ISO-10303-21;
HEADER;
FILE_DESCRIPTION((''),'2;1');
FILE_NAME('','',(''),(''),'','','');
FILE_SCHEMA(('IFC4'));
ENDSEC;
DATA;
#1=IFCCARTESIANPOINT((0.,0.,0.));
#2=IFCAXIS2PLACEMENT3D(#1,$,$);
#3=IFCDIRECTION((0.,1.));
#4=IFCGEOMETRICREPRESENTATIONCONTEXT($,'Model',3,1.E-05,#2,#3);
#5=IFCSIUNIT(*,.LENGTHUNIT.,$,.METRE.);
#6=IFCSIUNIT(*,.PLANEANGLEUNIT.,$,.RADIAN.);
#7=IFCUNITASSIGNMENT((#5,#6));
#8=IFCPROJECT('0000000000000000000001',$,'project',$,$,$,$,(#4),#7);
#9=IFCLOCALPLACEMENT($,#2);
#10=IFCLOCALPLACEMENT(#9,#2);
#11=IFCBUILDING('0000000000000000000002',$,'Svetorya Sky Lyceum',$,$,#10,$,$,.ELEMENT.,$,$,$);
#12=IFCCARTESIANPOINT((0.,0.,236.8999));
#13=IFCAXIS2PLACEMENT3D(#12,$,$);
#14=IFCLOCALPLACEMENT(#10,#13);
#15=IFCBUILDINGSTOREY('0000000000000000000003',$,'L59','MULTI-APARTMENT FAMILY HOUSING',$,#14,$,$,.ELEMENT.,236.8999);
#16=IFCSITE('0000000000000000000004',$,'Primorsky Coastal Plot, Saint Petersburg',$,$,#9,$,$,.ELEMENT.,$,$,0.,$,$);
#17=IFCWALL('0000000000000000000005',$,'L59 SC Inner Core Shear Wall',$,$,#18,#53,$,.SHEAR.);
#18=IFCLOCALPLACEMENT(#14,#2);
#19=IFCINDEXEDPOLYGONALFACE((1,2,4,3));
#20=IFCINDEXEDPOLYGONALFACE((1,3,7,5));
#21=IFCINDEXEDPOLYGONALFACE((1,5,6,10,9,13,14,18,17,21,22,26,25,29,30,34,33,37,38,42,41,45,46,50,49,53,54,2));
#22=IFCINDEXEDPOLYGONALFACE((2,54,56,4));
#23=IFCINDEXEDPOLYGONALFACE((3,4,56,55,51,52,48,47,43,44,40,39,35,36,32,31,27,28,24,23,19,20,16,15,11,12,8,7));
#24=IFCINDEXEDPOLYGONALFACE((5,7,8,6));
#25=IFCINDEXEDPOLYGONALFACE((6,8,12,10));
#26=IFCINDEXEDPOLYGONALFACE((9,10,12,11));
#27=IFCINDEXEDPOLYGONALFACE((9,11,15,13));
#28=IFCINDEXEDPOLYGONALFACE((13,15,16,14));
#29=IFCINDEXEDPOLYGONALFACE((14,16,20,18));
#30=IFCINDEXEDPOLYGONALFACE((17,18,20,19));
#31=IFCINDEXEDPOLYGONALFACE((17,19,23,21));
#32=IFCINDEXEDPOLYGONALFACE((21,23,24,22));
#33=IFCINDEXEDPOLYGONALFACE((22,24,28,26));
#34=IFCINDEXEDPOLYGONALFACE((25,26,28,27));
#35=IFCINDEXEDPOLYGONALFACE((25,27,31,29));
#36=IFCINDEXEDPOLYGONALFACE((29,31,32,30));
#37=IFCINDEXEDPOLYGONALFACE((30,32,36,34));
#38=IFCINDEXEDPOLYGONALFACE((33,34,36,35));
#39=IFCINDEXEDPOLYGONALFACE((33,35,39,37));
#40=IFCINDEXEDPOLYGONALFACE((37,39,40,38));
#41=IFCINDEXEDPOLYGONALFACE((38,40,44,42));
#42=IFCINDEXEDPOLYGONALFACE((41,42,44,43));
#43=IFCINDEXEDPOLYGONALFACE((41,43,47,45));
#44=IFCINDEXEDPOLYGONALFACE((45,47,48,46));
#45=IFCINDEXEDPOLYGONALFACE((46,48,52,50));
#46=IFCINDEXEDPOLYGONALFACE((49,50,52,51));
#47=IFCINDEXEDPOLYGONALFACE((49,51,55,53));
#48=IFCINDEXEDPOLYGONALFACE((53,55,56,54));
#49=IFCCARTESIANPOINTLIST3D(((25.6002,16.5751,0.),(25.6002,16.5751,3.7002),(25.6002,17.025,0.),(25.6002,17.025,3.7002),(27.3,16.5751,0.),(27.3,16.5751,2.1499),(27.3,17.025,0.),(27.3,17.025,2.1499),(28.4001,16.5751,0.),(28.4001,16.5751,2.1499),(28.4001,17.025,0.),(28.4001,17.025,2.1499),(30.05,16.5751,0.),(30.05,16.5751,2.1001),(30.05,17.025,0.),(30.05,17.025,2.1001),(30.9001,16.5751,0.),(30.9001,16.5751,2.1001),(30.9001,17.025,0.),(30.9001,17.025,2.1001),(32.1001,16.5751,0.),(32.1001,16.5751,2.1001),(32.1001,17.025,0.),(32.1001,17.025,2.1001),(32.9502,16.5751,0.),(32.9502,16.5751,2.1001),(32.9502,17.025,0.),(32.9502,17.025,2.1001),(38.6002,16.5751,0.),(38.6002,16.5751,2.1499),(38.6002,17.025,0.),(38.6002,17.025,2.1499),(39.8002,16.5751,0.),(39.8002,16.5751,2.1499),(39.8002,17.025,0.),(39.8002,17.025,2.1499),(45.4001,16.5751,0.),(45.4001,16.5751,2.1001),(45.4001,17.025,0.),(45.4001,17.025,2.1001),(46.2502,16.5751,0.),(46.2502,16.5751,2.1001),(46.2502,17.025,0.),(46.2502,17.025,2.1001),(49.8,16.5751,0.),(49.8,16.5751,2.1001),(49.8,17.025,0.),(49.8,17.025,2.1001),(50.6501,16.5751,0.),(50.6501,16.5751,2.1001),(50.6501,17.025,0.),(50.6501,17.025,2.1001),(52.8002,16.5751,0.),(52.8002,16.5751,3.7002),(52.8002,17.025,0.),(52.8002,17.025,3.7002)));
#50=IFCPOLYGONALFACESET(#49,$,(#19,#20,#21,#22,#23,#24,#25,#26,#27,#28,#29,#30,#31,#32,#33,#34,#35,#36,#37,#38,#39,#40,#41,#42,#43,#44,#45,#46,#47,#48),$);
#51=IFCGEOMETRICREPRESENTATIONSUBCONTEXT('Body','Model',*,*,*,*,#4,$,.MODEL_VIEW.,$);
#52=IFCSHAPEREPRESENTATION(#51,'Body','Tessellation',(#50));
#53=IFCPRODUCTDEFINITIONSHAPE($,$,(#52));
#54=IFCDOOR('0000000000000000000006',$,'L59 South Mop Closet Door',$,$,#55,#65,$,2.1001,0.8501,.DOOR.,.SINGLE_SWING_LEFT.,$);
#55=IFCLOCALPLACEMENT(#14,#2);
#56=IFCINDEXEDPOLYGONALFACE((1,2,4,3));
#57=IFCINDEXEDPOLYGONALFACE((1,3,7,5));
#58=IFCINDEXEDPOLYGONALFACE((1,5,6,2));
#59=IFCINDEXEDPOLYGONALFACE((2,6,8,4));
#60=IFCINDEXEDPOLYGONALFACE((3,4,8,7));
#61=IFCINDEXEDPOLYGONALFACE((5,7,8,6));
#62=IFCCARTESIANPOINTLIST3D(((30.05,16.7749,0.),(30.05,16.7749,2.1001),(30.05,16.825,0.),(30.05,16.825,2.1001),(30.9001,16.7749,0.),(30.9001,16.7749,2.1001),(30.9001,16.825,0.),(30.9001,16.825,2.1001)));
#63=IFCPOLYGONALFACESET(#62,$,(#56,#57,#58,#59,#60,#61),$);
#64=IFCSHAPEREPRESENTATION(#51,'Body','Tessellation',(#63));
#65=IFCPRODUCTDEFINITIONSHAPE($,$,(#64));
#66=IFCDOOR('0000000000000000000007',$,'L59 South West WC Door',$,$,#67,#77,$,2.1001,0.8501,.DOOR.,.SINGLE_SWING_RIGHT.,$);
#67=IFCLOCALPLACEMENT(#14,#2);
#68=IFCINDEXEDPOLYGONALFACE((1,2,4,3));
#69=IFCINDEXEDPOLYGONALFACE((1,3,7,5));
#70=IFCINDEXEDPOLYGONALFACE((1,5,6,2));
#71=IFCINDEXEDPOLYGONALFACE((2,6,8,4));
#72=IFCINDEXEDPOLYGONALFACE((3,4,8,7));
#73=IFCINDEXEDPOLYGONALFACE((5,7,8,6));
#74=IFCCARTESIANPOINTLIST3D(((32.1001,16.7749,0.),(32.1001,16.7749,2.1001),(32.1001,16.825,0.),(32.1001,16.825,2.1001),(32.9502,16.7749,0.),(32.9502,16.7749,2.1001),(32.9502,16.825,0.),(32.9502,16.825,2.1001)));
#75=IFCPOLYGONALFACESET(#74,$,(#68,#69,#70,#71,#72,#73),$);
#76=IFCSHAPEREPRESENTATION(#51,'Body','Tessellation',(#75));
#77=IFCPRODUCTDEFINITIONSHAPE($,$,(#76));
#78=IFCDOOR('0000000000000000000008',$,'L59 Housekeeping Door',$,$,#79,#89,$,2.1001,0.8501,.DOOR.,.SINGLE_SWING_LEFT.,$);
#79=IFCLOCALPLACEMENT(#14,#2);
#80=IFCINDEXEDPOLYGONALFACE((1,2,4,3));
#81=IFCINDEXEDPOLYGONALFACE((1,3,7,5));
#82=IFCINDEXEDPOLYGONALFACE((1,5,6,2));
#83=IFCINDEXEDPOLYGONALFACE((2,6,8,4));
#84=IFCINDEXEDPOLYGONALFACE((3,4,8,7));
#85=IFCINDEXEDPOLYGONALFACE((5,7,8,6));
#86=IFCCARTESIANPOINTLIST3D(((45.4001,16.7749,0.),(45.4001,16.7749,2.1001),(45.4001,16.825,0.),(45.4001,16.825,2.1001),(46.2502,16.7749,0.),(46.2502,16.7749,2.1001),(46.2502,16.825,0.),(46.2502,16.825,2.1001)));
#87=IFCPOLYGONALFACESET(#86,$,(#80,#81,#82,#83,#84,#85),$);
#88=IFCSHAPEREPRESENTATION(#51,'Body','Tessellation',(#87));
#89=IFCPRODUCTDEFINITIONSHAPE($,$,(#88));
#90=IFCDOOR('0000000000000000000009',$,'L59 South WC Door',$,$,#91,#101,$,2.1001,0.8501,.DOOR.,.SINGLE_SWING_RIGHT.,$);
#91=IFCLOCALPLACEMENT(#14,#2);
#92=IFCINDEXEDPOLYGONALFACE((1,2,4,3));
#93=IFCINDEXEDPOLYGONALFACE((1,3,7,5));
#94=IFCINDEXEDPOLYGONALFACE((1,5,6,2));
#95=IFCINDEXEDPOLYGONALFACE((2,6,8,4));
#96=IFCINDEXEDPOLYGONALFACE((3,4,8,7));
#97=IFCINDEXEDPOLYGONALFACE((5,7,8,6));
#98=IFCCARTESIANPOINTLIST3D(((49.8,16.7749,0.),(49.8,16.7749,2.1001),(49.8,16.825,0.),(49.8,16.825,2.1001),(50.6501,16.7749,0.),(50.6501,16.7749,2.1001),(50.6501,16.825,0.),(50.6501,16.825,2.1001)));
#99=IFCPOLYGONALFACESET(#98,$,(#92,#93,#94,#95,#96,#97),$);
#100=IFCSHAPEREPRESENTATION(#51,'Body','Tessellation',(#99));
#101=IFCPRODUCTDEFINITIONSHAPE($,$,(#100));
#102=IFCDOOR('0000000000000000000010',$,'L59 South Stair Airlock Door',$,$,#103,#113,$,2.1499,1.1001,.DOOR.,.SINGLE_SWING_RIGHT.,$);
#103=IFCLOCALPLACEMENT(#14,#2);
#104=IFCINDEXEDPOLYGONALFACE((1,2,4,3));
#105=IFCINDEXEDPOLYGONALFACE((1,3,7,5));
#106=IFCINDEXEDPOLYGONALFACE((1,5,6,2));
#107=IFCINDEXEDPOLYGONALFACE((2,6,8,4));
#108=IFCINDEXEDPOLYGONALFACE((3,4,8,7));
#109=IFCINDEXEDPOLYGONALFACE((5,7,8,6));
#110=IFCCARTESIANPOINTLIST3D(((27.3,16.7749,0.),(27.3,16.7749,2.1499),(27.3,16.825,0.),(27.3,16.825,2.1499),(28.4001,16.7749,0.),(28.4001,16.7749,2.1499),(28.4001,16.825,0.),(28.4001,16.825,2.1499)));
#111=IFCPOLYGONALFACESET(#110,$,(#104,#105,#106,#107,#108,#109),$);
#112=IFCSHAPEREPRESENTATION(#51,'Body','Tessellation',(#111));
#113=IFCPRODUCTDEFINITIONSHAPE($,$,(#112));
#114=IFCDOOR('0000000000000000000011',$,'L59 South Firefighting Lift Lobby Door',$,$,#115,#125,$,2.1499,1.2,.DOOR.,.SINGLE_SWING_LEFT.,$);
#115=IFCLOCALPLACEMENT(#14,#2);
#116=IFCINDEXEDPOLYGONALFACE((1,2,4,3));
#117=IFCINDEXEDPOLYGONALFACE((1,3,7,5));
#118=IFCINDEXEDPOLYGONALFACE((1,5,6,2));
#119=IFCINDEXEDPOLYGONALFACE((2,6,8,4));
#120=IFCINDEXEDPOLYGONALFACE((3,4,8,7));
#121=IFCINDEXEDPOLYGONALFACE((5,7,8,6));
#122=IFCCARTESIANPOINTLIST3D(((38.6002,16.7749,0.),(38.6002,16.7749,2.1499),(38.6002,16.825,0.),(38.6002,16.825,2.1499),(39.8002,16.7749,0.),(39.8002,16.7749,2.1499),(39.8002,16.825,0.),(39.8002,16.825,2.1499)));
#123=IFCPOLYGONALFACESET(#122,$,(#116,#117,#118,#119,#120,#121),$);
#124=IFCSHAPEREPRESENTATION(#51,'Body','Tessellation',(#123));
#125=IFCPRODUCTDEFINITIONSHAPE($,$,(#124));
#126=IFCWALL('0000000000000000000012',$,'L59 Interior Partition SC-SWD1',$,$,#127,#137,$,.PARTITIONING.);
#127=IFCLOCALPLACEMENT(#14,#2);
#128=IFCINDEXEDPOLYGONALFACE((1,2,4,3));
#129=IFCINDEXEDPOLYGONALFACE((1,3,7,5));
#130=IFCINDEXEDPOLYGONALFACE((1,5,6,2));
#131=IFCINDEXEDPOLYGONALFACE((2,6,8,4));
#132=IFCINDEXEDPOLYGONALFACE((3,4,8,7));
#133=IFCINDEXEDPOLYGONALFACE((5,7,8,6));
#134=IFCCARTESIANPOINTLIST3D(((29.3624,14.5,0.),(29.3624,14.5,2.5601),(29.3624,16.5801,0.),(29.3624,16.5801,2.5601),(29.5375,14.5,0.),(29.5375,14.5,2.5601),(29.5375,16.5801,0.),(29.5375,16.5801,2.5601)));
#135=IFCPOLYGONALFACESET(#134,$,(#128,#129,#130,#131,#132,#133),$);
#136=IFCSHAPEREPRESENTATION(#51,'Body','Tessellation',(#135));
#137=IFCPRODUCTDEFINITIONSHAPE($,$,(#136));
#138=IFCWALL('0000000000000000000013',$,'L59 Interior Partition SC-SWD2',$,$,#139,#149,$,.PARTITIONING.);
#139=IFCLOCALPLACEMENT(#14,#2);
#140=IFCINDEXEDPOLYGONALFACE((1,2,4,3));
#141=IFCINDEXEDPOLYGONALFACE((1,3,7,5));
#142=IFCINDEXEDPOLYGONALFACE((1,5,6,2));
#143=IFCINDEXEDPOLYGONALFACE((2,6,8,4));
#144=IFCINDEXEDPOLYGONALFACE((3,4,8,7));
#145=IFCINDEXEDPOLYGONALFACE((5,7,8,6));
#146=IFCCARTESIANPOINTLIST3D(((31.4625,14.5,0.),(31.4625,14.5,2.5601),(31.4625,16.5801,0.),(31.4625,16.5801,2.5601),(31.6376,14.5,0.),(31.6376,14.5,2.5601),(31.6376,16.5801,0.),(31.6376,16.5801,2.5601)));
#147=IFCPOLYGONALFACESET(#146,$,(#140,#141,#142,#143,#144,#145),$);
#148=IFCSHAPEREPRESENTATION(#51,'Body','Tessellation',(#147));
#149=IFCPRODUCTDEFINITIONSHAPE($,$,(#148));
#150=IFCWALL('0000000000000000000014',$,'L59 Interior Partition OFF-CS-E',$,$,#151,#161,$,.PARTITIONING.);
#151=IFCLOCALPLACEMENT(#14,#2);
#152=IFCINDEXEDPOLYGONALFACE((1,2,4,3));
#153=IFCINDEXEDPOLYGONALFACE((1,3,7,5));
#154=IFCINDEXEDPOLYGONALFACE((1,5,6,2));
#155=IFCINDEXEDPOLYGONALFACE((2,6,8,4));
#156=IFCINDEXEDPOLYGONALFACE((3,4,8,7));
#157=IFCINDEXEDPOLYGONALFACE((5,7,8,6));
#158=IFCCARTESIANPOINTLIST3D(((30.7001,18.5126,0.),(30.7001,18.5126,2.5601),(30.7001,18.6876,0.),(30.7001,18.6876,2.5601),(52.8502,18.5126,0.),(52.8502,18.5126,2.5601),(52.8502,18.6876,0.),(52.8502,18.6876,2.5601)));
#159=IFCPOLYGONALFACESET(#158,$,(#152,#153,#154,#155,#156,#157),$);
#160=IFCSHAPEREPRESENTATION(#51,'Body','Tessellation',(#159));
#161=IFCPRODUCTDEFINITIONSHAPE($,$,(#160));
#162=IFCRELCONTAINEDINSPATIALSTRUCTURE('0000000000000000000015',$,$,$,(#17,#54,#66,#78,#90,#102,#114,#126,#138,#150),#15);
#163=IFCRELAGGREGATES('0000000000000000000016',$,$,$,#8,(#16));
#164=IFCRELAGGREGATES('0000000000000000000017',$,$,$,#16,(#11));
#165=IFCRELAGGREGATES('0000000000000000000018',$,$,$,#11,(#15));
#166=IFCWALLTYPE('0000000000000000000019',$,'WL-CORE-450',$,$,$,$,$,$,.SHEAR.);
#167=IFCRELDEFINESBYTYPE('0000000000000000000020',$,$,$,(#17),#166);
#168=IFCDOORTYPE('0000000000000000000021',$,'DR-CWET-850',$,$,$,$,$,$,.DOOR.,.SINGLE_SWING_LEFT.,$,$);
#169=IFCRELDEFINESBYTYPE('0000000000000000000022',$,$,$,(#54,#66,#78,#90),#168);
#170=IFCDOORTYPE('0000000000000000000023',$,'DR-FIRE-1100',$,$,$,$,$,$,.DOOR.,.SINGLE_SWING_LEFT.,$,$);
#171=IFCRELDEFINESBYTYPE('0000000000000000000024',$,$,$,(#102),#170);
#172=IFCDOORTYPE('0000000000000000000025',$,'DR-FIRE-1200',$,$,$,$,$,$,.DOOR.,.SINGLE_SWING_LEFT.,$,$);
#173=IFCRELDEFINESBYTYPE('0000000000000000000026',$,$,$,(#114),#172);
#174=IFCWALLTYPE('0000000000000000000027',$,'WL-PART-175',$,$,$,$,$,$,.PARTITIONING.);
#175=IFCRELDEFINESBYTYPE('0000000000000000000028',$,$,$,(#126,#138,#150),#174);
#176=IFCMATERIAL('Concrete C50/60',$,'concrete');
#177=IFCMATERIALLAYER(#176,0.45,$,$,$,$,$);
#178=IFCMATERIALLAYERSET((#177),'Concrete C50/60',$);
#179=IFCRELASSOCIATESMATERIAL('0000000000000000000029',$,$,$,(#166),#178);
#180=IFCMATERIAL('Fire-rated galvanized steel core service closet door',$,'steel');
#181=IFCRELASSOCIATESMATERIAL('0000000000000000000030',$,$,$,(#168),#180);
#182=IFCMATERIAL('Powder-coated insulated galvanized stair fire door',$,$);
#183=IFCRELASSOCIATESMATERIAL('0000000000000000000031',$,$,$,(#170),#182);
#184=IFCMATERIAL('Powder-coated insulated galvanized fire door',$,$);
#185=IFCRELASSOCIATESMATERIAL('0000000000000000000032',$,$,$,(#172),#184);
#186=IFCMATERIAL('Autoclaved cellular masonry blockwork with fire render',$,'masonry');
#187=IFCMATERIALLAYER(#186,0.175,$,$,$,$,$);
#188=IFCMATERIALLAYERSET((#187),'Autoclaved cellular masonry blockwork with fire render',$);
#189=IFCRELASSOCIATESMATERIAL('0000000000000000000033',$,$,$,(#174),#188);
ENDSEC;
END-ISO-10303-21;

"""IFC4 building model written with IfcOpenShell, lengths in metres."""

from ifc_helpers import new_model, si_unit, direction, frame, frame_2d, origin, place, context, subcontext, project, spatial, rectangle, extrude, material, layer, layer_set, type_object, element, fill, save


model = new_model("IFC4")

# Units and contexts
model_context = context("Model", 3, precision=1e-05, world=origin(), true_north=direction((0.0, 1.0)))
body_context = subcontext(model_context, "Body", "Model", "MODEL_VIEW")
ifc_project = project(units=[si_unit("LENGTHUNIT", "METRE"), si_unit("PLANEANGLEUNIT", "RADIAN")], contexts=[model_context])

# Site, building, storey
site_placement = place(None, origin())
site = spatial("IfcSite", under=ifc_project, at=site_placement, Name="Primorsky Coastal Plot, Saint Petersburg", CompositionType="ELEMENT", RefElevation=0.0)
building_placement = place(site_placement, origin())
building = spatial("IfcBuilding", under=site, at=building_placement, Name="Svetorya Sky Lyceum", CompositionType="ELEMENT")
storey_placement = place(building_placement, frame((0.0, 0.0, 236.8999)))
storey = spatial("IfcBuildingStorey", under=building, at=storey_placement, Name="L59", Description="MULTI-APARTMENT FAMILY HOUSING", CompositionType="ELEMENT", Elevation=236.8999)

# Shared definitions
ifc_material_1 = material(Name="Concrete C50/60", Category="concrete")

# Wall, openings, doors
ifc_layer_1 = layer(ifc_material_1, 0.45)
ifc_layer_set_1 = layer_set([ifc_layer_1], Name="Concrete C50/60")
wall_type_1 = type_object("IfcWallType", Name="WL-CORE-450", PredefinedType="SHEAR", material=ifc_layer_set_1)
wall_1_placement = place(storey_placement, frame((25.6001, 16.8, 0.0), z_axis=(0.0, 0.0, 1.0), x_axis=(1.0, 0.0, 0.0)))
wall_1 = element("IfcWall", 1, at=wall_1_placement, inside=storey, type_object=wall_type_1, Name="L59 SC Inner Core Shear Wall", PredefinedType="SHEAR", context=body_context, shape_type="SweptSolid", body=[
    extrude(rectangle(XDim=27.2, YDim=0.45, at=frame_2d((13.6001, 0.0))), origin(), (0.0, 0.0, 1.0), 3.7002),
])
opening_1_placement = place(wall_1_placement, frame((1.7, 0.0, 0.0)))
opening_1 = element("IfcOpeningElement", 2, at=opening_1_placement, cuts=wall_1, PredefinedType="OPENING", context=body_context, shape_type="SweptSolid", body=[
    extrude(rectangle(XDim=1.1001, YDim=2.1499, at=frame_2d((0.55, 1.075))), frame((0.0, 0.2349, 0.0), z_axis=(0.0, -1.0, 0.0), x_axis=(1.0, 0.0, 0.0)), (0.0, 0.0, 1.0), 0.47),
])
opening_2_placement = place(wall_1_placement, frame((4.45, 0.0, 0.0)))
opening_2 = element("IfcOpeningElement", 3, at=opening_2_placement, cuts=wall_1, PredefinedType="OPENING", context=body_context, shape_type="SweptSolid", body=[
    extrude(rectangle(XDim=0.8501, YDim=2.1001, at=frame_2d((0.425, 1.05))), frame((0.0, 0.2349, 0.0), z_axis=(0.0, -1.0, 0.0), x_axis=(1.0, 0.0, 0.0)), (0.0, 0.0, 1.0), 0.47),
])
opening_3_placement = place(wall_1_placement, frame((6.5, 0.0, 0.0)))
opening_3 = element("IfcOpeningElement", 4, at=opening_3_placement, cuts=wall_1, PredefinedType="OPENING", context=body_context, shape_type="SweptSolid", body=[
    extrude(rectangle(XDim=0.8501, YDim=2.1001, at=frame_2d((0.425, 1.05))), frame((0.0, 0.2349, 0.0), z_axis=(0.0, -1.0, 0.0), x_axis=(1.0, 0.0, 0.0)), (0.0, 0.0, 1.0), 0.47),
])
opening_4_placement = place(wall_1_placement, frame((13.0, 0.0, 0.0)))
opening_4 = element("IfcOpeningElement", 5, at=opening_4_placement, cuts=wall_1, PredefinedType="OPENING", context=body_context, shape_type="SweptSolid", body=[
    extrude(rectangle(XDim=1.2, YDim=2.1499, at=frame_2d((0.6001, 1.075))), frame((0.0, 0.2349, 0.0), z_axis=(0.0, -1.0, 0.0), x_axis=(1.0, 0.0, 0.0)), (0.0, 0.0, 1.0), 0.47),
])
opening_5_placement = place(wall_1_placement, frame((19.8, 0.0, 0.0)))
opening_5 = element("IfcOpeningElement", 6, at=opening_5_placement, cuts=wall_1, PredefinedType="OPENING", context=body_context, shape_type="SweptSolid", body=[
    extrude(rectangle(XDim=0.8501, YDim=2.1001, at=frame_2d((0.425, 1.05))), frame((0.0, 0.2349, 0.0), z_axis=(0.0, -1.0, 0.0), x_axis=(1.0, 0.0, 0.0)), (0.0, 0.0, 1.0), 0.47),
])
opening_6_placement = place(wall_1_placement, frame((24.2, 0.0, 0.0)))
opening_6 = element("IfcOpeningElement", 7, at=opening_6_placement, cuts=wall_1, PredefinedType="OPENING", context=body_context, shape_type="SweptSolid", body=[
    extrude(rectangle(XDim=0.8501, YDim=2.1001, at=frame_2d((0.425, 1.05))), frame((0.0, 0.2349, 0.0), z_axis=(0.0, -1.0, 0.0), x_axis=(1.0, 0.0, 0.0)), (0.0, 0.0, 1.0), 0.47),
])
ifc_material_2 = material(Name="Fire-rated galvanized steel core service closet door", Category="steel")
door_type_1 = type_object("IfcDoorType", Name="DR-CWET-850", OperationType="SINGLE_SWING_LEFT", PredefinedType="DOOR", material=ifc_material_2)
door_1_placement = place(opening_2_placement, origin())
door_1 = element("IfcDoor", 8, at=door_1_placement, inside=storey, type_object=door_type_1, Name="L59 South Mop Closet Door", OperationType="SINGLE_SWING_LEFT", OverallHeight=2.1001, OverallWidth=0.8501, PredefinedType="DOOR", context=body_context, shape_type="SweptSolid", body=[
    extrude(rectangle(XDim=0.8501, YDim=2.1001, at=frame_2d((0.425, 1.05))), frame((0.0, 0.0249, 0.0), z_axis=(0.0, -1.0, 0.0), x_axis=(1.0, 0.0, 0.0)), (0.0, 0.0, 1.0), 0.05),
])
fill(opening_2, door_1)
door_2_placement = place(opening_3_placement, origin())
door_2 = element("IfcDoor", 9, at=door_2_placement, inside=storey, type_object=door_type_1, Name="L59 South West WC Door", OperationType="SINGLE_SWING_RIGHT", OverallHeight=2.1001, OverallWidth=0.8501, PredefinedType="DOOR", context=body_context, shape_type="SweptSolid", body=[
    extrude(rectangle(XDim=0.8501, YDim=2.1001, at=frame_2d((0.425, 1.05))), frame((0.0, 0.0249, 0.0), z_axis=(0.0, -1.0, 0.0), x_axis=(1.0, 0.0, 0.0)), (0.0, 0.0, 1.0), 0.05),
])
fill(opening_3, door_2)
door_3_placement = place(opening_5_placement, origin())
door_3 = element("IfcDoor", 10, at=door_3_placement, inside=storey, type_object=door_type_1, Name="L59 Housekeeping Door", OperationType="SINGLE_SWING_LEFT", OverallHeight=2.1001, OverallWidth=0.8501, PredefinedType="DOOR", context=body_context, shape_type="SweptSolid", body=[
    extrude(rectangle(XDim=0.8501, YDim=2.1001, at=frame_2d((0.425, 1.05))), frame((0.0, 0.0249, 0.0), z_axis=(0.0, -1.0, 0.0), x_axis=(1.0, 0.0, 0.0)), (0.0, 0.0, 1.0), 0.05),
])
fill(opening_5, door_3)
door_4_placement = place(opening_6_placement, origin())
door_4 = element("IfcDoor", 11, at=door_4_placement, inside=storey, type_object=door_type_1, Name="L59 South WC Door", OperationType="SINGLE_SWING_RIGHT", OverallHeight=2.1001, OverallWidth=0.8501, PredefinedType="DOOR", context=body_context, shape_type="SweptSolid", body=[
    extrude(rectangle(XDim=0.8501, YDim=2.1001, at=frame_2d((0.425, 1.05))), frame((0.0, 0.0249, 0.0), z_axis=(0.0, -1.0, 0.0), x_axis=(1.0, 0.0, 0.0)), (0.0, 0.0, 1.0), 0.05),
])
fill(opening_6, door_4)
ifc_material_3 = material(Name="Powder-coated insulated galvanized stair fire door")
door_type_2 = type_object("IfcDoorType", Name="DR-FIRE-1100", OperationType="SINGLE_SWING_LEFT", PredefinedType="DOOR", material=ifc_material_3)
door_5_placement = place(opening_1_placement, origin())
door_5 = element("IfcDoor", 12, at=door_5_placement, inside=storey, type_object=door_type_2, Name="L59 South Stair Airlock Door", OperationType="SINGLE_SWING_RIGHT", OverallHeight=2.1499, OverallWidth=1.1001, PredefinedType="DOOR", context=body_context, shape_type="SweptSolid", body=[
    extrude(rectangle(XDim=1.1001, YDim=2.1499, at=frame_2d((0.55, 1.075))), frame((0.0, 0.0249, 0.0), z_axis=(0.0, -1.0, 0.0), x_axis=(1.0, 0.0, 0.0)), (0.0, 0.0, 1.0), 0.05),
])
fill(opening_1, door_5)
ifc_material_4 = material(Name="Powder-coated insulated galvanized fire door")
door_type_3 = type_object("IfcDoorType", Name="DR-FIRE-1200", OperationType="SINGLE_SWING_LEFT", PredefinedType="DOOR", material=ifc_material_4)
door_6_placement = place(opening_4_placement, origin())
door_6 = element("IfcDoor", 13, at=door_6_placement, inside=storey, type_object=door_type_3, Name="L59 South Firefighting Lift Lobby Door", OperationType="SINGLE_SWING_LEFT", OverallHeight=2.1499, OverallWidth=1.2, PredefinedType="DOOR", context=body_context, shape_type="SweptSolid", body=[
    extrude(rectangle(XDim=1.2, YDim=2.1499, at=frame_2d((0.6001, 1.075))), frame((0.0, 0.0249, 0.0), z_axis=(0.0, -1.0, 0.0), x_axis=(1.0, 0.0, 0.0)), (0.0, 0.0, 1.0), 0.05),
])
fill(opening_4, door_6)

# Walls
ifc_material_5 = material(Name="Autoclaved cellular masonry blockwork with fire render", Category="masonry")
ifc_layer_2 = layer(ifc_material_5, 0.175)
ifc_layer_set_2 = layer_set([ifc_layer_2], Name="Autoclaved cellular masonry blockwork with fire render")
wall_type_2 = type_object("IfcWallType", Name="WL-PART-175", PredefinedType="PARTITIONING", material=ifc_layer_set_2)
for number, where, z_axis, x_axis, name in (
    (14, (29.45, 14.5, 0.0), (0.0, 0.0, 1.0), (0.0, 1.0, 0.0), "L59 Interior Partition SC-SWD1"),
    (15, (31.55, 14.5, 0.0), (0.0, 0.0, 1.0), (0.0, 1.0, 0.0), "L59 Interior Partition SC-SWD2"),
):
    element("IfcWall", number, at=place(storey_placement, frame(where, z_axis=z_axis, x_axis=x_axis)), inside=storey, type_object=wall_type_2, Name=name, PredefinedType="PARTITIONING", context=body_context, shape_type="SweptSolid", body=[
        extrude(rectangle(XDim=2.0801, YDim=0.175, at=frame_2d((1.04, 0.0))), origin(), (0.0, 0.0, 1.0), 2.5601),
    ])
wall_2_placement = place(storey_placement, frame((30.7, 18.6001, 0.0), z_axis=(0.0, 0.0, 1.0), x_axis=(1.0, 0.0, 0.0)))
element("IfcWall", 16, at=wall_2_placement, inside=storey, type_object=wall_type_2, Name="L59 Interior Partition OFF-CS-E", PredefinedType="PARTITIONING", context=body_context, shape_type="SweptSolid", body=[
    extrude(rectangle(XDim=22.1501, YDim=0.175, at=frame_2d((11.0752, 0.0))), origin(), (0.0, 0.0, 1.0), 2.5601),
])

save(model, "model.ifc")
